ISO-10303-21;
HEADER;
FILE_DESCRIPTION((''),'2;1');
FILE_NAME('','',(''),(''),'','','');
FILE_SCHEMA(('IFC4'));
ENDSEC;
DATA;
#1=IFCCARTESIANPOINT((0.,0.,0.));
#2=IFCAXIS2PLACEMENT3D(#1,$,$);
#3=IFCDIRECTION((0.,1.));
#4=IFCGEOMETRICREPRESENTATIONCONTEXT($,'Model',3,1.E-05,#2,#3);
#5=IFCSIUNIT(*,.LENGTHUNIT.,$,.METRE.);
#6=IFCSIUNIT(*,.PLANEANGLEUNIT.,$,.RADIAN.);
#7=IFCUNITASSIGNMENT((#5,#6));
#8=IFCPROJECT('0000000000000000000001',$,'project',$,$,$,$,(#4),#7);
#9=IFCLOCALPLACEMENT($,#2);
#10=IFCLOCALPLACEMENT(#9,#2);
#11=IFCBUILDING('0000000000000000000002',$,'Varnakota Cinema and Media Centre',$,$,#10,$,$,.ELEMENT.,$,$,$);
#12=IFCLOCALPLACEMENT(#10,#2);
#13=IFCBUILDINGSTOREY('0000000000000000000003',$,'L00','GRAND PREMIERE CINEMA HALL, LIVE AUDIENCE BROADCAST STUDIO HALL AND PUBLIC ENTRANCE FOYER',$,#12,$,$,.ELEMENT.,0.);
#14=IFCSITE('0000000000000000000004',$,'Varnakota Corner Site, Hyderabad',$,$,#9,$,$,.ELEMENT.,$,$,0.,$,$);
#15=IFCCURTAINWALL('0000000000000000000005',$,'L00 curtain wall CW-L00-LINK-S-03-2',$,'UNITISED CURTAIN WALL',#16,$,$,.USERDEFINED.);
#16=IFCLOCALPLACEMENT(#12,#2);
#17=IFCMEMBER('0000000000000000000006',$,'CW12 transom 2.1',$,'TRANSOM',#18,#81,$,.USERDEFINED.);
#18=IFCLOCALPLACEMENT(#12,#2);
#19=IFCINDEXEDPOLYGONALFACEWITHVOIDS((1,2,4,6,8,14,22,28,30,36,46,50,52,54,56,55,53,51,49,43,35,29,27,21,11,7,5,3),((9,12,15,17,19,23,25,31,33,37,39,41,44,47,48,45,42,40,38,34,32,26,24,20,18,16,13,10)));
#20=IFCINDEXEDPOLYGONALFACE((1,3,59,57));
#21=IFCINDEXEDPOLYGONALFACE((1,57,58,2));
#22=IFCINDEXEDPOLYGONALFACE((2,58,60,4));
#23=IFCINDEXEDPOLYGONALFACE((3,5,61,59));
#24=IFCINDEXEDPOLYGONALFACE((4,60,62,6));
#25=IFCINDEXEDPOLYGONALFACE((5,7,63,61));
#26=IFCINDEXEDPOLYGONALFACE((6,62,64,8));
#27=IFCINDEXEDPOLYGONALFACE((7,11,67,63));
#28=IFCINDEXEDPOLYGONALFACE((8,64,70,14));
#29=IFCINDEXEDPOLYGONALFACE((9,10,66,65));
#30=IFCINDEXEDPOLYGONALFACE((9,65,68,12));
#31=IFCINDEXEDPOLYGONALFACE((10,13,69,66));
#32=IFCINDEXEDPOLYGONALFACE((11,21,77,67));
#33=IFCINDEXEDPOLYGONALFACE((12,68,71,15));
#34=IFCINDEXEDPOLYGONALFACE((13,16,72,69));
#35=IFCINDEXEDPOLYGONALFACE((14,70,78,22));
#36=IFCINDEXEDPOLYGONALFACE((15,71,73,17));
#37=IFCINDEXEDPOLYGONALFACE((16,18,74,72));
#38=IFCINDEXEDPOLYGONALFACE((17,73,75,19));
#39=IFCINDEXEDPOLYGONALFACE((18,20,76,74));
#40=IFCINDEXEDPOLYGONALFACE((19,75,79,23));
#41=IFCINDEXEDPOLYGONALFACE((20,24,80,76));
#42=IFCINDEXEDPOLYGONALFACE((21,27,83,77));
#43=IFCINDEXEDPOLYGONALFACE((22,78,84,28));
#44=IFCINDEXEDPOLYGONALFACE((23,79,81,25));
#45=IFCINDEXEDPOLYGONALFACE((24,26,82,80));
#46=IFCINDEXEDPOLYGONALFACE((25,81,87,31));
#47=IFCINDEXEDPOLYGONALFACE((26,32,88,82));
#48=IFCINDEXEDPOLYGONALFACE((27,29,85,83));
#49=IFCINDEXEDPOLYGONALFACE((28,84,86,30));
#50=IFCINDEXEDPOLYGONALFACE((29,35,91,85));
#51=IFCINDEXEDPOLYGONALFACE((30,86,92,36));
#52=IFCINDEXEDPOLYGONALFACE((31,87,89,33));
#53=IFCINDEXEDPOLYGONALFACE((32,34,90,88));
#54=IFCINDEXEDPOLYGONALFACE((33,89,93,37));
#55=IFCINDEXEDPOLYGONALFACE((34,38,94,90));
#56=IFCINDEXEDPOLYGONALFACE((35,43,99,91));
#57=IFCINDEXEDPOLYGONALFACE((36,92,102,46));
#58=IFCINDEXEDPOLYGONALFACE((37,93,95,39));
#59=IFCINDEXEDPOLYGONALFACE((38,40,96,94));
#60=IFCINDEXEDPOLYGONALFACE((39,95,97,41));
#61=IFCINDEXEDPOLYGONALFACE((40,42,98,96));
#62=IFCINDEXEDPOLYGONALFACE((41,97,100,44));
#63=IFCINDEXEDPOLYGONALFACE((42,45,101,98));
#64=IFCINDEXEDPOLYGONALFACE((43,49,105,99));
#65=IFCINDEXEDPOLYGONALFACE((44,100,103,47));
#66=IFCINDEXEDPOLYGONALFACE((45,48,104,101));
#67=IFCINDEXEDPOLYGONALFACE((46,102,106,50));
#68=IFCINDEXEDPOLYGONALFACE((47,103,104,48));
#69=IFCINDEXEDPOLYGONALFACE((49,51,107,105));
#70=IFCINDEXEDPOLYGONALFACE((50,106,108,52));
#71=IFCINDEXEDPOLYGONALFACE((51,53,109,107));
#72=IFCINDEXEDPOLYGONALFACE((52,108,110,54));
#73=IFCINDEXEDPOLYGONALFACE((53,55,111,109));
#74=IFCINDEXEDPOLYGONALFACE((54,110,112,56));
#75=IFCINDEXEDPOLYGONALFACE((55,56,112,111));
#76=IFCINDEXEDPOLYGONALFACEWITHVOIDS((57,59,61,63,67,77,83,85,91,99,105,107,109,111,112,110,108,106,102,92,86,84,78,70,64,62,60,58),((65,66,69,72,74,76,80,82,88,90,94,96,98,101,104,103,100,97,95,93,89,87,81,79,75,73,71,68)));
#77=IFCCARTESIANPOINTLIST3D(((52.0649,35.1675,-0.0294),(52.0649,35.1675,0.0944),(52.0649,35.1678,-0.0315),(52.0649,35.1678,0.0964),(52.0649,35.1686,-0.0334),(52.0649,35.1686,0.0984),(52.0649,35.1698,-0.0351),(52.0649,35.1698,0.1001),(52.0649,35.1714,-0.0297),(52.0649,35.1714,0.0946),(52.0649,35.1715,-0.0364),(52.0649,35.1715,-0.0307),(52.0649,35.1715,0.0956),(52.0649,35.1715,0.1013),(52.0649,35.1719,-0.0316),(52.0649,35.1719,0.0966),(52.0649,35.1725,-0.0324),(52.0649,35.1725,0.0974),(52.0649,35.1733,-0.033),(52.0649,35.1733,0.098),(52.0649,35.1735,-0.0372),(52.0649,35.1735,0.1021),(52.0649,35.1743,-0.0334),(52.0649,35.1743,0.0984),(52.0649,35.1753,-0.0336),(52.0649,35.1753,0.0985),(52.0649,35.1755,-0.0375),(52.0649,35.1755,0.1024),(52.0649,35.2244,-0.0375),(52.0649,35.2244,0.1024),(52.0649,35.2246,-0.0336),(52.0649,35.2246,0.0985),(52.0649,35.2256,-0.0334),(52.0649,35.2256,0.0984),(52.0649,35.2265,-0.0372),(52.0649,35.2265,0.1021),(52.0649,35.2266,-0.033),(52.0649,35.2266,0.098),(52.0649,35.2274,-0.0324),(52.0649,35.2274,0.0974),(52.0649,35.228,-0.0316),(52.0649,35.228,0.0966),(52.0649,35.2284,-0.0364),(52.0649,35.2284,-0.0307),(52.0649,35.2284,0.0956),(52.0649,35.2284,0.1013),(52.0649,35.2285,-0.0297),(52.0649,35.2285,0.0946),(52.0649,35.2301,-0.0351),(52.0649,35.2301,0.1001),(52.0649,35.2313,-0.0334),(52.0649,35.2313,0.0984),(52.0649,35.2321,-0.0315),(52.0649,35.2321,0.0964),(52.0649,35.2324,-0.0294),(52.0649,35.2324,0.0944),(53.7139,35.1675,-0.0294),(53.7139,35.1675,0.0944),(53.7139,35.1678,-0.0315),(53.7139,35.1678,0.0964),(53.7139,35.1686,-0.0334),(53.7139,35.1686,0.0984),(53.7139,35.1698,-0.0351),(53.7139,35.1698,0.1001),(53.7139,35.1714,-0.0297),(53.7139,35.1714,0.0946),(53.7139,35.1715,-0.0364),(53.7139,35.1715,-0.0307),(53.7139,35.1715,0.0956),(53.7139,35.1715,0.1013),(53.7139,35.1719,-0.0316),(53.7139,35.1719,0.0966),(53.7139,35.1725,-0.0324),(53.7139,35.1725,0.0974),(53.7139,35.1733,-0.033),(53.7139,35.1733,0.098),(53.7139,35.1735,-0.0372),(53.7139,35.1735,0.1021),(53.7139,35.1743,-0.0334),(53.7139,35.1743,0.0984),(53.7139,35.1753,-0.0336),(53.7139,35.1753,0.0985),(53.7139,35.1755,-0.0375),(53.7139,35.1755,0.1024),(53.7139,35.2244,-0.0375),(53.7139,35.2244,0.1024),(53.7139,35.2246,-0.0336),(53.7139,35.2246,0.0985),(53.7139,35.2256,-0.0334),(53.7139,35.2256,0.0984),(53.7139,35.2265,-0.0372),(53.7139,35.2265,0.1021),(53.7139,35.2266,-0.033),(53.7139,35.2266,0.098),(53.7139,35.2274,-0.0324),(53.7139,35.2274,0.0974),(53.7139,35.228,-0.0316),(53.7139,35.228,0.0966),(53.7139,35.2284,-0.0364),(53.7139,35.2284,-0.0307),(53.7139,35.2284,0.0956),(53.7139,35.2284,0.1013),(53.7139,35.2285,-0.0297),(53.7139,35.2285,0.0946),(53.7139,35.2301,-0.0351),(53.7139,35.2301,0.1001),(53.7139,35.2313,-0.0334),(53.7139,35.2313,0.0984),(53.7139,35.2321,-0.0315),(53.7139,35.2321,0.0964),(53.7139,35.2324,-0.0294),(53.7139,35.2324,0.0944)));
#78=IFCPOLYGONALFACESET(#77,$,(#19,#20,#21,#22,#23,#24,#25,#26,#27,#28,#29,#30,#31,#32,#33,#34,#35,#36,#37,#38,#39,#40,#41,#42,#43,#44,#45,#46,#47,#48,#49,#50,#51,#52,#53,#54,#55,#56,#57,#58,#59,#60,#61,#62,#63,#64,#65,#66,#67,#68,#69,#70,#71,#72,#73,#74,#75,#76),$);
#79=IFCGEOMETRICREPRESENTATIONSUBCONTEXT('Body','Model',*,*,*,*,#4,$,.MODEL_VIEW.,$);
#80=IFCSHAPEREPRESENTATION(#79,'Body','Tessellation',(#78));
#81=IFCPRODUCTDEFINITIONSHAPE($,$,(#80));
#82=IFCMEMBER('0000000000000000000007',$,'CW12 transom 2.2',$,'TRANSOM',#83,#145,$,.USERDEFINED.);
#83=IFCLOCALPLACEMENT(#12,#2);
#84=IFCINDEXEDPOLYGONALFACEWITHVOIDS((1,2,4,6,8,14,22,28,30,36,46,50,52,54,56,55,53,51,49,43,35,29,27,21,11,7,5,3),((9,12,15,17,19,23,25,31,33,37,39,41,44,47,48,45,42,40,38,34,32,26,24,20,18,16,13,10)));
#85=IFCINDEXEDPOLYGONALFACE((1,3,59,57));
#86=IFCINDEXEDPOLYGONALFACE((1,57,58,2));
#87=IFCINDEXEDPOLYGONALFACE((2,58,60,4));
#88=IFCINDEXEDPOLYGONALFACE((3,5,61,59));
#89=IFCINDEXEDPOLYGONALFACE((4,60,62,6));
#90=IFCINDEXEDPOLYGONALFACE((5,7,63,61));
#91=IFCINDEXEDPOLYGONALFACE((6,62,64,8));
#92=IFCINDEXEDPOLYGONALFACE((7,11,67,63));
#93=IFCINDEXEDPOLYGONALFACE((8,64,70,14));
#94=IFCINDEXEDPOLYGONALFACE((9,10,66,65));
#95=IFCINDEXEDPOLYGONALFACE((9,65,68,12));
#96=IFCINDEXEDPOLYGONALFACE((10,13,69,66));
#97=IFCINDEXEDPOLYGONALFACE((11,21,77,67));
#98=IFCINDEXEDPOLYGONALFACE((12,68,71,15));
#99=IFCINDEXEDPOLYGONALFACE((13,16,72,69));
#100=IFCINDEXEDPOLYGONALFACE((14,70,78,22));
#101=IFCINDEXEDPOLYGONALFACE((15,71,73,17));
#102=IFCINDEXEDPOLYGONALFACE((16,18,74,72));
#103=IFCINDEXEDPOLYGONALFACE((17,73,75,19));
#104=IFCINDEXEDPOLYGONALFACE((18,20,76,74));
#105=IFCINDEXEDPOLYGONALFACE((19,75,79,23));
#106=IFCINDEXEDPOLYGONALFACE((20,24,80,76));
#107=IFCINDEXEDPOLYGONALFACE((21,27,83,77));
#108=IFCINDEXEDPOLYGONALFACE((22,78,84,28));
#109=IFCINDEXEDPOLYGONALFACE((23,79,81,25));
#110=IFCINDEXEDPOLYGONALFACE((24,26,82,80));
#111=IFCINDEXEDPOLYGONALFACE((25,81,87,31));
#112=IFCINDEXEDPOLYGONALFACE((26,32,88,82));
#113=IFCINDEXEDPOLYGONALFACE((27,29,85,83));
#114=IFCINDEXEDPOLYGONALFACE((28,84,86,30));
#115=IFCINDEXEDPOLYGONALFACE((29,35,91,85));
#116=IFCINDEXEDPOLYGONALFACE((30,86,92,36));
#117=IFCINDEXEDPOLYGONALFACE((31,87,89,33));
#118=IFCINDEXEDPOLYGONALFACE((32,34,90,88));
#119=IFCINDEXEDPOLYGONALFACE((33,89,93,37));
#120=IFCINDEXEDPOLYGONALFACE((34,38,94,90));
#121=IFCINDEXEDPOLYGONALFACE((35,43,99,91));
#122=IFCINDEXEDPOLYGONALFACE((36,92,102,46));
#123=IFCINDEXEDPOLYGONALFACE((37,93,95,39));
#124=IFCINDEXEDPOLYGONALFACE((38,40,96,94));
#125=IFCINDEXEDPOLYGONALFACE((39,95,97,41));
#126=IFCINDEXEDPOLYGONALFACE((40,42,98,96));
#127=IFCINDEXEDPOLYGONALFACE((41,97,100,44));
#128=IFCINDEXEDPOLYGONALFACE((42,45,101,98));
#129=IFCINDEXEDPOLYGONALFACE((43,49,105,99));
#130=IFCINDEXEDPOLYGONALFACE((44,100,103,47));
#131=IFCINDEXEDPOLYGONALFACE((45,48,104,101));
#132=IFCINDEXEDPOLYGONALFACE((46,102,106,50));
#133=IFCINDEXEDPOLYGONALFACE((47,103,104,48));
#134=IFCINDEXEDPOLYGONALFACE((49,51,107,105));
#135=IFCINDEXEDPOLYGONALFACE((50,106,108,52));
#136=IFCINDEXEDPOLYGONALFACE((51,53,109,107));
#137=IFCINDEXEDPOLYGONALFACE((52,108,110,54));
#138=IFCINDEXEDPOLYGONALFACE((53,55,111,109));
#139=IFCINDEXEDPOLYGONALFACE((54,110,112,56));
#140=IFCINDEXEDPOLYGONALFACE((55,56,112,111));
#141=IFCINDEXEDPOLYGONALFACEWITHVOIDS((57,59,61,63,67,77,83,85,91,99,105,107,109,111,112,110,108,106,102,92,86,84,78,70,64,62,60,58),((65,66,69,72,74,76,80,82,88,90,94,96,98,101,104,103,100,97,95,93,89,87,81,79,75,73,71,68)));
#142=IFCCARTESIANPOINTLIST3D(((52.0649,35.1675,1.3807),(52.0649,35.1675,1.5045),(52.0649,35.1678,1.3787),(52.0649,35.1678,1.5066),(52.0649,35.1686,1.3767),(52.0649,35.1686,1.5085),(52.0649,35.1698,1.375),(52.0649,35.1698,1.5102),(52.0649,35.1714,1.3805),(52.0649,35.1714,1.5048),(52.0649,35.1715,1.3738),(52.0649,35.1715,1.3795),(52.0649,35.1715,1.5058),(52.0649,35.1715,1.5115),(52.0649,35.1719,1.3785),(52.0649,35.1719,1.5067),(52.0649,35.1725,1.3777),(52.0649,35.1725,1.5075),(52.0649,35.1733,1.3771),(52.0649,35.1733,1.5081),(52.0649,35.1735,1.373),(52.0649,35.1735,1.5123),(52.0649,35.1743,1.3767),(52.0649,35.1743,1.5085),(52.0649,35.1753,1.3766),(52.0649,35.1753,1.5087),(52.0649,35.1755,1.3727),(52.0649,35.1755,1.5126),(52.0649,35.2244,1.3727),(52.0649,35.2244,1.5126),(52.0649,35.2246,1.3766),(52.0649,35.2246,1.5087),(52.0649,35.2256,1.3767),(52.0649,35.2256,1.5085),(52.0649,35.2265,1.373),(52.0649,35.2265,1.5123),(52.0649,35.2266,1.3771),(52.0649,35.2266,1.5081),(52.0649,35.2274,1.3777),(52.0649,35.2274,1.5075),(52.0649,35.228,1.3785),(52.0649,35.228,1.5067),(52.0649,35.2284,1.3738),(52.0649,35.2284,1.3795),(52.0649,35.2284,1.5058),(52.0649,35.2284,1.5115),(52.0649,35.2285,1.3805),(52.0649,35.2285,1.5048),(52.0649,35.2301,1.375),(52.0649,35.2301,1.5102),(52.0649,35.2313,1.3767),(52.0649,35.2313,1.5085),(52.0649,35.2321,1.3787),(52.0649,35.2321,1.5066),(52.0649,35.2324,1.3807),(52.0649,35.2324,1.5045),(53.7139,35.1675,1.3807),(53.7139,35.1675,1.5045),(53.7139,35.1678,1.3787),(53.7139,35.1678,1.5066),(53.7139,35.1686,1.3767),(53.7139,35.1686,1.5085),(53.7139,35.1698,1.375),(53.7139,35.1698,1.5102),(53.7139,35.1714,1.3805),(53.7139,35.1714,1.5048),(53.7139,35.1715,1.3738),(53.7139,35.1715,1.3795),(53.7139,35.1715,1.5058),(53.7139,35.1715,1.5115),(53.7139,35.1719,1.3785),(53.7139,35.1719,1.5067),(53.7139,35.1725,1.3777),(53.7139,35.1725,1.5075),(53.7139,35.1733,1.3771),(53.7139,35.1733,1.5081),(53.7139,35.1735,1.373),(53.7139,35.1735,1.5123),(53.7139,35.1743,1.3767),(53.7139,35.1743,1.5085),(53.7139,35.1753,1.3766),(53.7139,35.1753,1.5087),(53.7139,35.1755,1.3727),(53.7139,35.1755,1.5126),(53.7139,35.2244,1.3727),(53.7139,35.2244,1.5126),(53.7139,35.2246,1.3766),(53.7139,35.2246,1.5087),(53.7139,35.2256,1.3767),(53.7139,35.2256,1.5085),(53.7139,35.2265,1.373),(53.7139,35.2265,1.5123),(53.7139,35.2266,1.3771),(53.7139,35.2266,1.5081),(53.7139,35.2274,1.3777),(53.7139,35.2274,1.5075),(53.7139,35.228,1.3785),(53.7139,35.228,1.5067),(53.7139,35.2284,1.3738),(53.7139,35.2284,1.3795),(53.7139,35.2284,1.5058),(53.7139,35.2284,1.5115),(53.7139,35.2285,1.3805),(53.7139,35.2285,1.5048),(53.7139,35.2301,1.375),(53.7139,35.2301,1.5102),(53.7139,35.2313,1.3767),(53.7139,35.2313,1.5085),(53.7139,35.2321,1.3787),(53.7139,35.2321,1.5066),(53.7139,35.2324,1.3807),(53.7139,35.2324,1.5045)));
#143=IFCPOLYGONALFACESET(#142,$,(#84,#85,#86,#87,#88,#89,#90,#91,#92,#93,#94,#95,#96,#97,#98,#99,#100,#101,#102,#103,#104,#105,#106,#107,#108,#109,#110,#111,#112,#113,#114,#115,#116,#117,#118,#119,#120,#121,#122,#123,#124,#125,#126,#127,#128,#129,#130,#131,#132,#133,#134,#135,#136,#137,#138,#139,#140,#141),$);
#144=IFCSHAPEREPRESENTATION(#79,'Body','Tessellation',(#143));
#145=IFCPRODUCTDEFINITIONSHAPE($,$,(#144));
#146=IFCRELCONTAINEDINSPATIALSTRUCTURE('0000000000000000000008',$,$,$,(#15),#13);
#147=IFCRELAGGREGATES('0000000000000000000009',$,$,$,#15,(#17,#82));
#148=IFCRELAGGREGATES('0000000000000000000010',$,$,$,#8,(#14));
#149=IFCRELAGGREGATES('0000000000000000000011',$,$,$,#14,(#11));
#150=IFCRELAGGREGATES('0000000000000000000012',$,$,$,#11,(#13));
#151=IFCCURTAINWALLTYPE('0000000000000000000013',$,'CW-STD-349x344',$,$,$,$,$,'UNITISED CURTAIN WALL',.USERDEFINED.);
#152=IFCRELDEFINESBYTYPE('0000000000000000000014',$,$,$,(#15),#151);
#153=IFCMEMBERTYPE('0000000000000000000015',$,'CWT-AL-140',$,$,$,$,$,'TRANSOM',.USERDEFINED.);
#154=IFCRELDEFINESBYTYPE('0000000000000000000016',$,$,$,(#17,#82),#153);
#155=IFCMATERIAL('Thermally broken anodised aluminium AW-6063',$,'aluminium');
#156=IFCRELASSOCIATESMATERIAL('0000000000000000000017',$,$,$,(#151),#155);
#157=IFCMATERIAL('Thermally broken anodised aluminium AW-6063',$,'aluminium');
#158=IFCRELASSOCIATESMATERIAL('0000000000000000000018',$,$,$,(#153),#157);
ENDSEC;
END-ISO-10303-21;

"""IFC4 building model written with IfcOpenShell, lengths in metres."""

from ifc_helpers import new_model, si_unit, direction, frame, origin, origin_2d, place, context, subcontext, project, spatial, hollow_rectangle, extrude, material, material_profile, profile_set, type_object, element, aggregate, save


model = new_model("IFC4")

# Units and contexts
model_context = context("Model", 3, precision=1e-05, world=origin(), true_north=direction((0.0, 1.0)))
body_context = subcontext(model_context, "Body", "Model", "MODEL_VIEW")
ifc_project = project(units=[si_unit("LENGTHUNIT", "METRE"), si_unit("PLANEANGLEUNIT", "RADIAN")], contexts=[model_context])

# Site, building, storey
site_placement = place(None, origin())
site = spatial("IfcSite", under=ifc_project, at=site_placement, Name="Varnakota Corner Site, Hyderabad", CompositionType="ELEMENT", RefElevation=0.0)
building_placement = place(site_placement, origin())
building = spatial("IfcBuilding", under=site, at=building_placement, Name="Varnakota Cinema and Media Centre", CompositionType="ELEMENT")
storey_placement = place(building_placement, origin())
storey = spatial("IfcBuildingStorey", under=building, at=storey_placement, Name="L00", Description="GRAND PREMIERE CINEMA HALL, LIVE AUDIENCE BROADCAST STUDIO HALL AND PUBLIC ENTRANCE FOYER", CompositionType="ELEMENT", Elevation=0.0)

# Curtain wall
ifc_material_1 = material(Name="Thermally broken anodised aluminium AW-6063", Category="aluminium")
curtain_wall_type = type_object("IfcCurtainWallType", Name="CW-STD-349x344", ElementType="UNITISED CURTAIN WALL", PredefinedType="USERDEFINED", material=ifc_material_1)
curtain_wall_1_placement = place(storey_placement, origin())
curtain_wall_1 = element("IfcCurtainWall", 1, at=curtain_wall_1_placement, inside=storey, type_object=curtain_wall_type, Name="L00 curtain wall CW-L00-LINK-S-03-2", ObjectType="UNITISED CURTAIN WALL", PredefinedType="USERDEFINED")

# Members
ifc_material_2 = material(Name="Thermally broken anodised aluminium AW-6063", Category="aluminium")
ifc_material_profile_1 = material_profile(ifc_material_2, hollow_rectangle(XDim=0.0649, YDim=0.1399, WallThickness=0.0039, InnerFilletRadius=0.0039, OuterFilletRadius=0.0081, at=origin_2d()), Name="AL-TRANSOM 140x65x4")
ifc_profile_set_1 = profile_set([ifc_material_profile_1], Name="Thermally broken anodised aluminium AW-6063")
member_type_1 = type_object("IfcMemberType", Name="CWT-AL-140", ElementType="TRANSOM", PredefinedType="USERDEFINED", material=ifc_profile_set_1)
member_1_placement = place(storey_placement, frame((53.7139, 35.2, 0.0325), z_axis=(-1.0, 0.0, 0.0), x_axis=(0.0, -1.0, 0.0)))
member_1 = element("IfcMember", 2, at=member_1_placement, type_object=member_type_1, Name="CW12 transom 2.1", ObjectType="TRANSOM", PredefinedType="USERDEFINED", context=body_context, shape_type="SweptSolid", body=[
    extrude(hollow_rectangle(XDim=0.0649, YDim=0.1399, WallThickness=0.0039, InnerFilletRadius=0.0039, OuterFilletRadius=0.0081, at=origin_2d()), origin(), (0.0, 0.0, 1.0), 1.6489),
])
member_2_placement = place(storey_placement, frame((53.7139, 35.2, 1.4426), z_axis=(-1.0, 0.0, 0.0), x_axis=(0.0, -1.0, 0.0)))
member_2 = element("IfcMember", 3, at=member_2_placement, type_object=member_type_1, Name="CW12 transom 2.2", ObjectType="TRANSOM", PredefinedType="USERDEFINED", context=body_context, shape_type="SweptSolid", body=[
    extrude(hollow_rectangle(XDim=0.0649, YDim=0.1399, WallThickness=0.0039, InnerFilletRadius=0.0039, OuterFilletRadius=0.0081, at=origin_2d()), origin(), (0.0, 0.0, 1.0), 1.6489),
])

aggregate(curtain_wall_1, [member_1, member_2])

save(model, "model.ifc")
